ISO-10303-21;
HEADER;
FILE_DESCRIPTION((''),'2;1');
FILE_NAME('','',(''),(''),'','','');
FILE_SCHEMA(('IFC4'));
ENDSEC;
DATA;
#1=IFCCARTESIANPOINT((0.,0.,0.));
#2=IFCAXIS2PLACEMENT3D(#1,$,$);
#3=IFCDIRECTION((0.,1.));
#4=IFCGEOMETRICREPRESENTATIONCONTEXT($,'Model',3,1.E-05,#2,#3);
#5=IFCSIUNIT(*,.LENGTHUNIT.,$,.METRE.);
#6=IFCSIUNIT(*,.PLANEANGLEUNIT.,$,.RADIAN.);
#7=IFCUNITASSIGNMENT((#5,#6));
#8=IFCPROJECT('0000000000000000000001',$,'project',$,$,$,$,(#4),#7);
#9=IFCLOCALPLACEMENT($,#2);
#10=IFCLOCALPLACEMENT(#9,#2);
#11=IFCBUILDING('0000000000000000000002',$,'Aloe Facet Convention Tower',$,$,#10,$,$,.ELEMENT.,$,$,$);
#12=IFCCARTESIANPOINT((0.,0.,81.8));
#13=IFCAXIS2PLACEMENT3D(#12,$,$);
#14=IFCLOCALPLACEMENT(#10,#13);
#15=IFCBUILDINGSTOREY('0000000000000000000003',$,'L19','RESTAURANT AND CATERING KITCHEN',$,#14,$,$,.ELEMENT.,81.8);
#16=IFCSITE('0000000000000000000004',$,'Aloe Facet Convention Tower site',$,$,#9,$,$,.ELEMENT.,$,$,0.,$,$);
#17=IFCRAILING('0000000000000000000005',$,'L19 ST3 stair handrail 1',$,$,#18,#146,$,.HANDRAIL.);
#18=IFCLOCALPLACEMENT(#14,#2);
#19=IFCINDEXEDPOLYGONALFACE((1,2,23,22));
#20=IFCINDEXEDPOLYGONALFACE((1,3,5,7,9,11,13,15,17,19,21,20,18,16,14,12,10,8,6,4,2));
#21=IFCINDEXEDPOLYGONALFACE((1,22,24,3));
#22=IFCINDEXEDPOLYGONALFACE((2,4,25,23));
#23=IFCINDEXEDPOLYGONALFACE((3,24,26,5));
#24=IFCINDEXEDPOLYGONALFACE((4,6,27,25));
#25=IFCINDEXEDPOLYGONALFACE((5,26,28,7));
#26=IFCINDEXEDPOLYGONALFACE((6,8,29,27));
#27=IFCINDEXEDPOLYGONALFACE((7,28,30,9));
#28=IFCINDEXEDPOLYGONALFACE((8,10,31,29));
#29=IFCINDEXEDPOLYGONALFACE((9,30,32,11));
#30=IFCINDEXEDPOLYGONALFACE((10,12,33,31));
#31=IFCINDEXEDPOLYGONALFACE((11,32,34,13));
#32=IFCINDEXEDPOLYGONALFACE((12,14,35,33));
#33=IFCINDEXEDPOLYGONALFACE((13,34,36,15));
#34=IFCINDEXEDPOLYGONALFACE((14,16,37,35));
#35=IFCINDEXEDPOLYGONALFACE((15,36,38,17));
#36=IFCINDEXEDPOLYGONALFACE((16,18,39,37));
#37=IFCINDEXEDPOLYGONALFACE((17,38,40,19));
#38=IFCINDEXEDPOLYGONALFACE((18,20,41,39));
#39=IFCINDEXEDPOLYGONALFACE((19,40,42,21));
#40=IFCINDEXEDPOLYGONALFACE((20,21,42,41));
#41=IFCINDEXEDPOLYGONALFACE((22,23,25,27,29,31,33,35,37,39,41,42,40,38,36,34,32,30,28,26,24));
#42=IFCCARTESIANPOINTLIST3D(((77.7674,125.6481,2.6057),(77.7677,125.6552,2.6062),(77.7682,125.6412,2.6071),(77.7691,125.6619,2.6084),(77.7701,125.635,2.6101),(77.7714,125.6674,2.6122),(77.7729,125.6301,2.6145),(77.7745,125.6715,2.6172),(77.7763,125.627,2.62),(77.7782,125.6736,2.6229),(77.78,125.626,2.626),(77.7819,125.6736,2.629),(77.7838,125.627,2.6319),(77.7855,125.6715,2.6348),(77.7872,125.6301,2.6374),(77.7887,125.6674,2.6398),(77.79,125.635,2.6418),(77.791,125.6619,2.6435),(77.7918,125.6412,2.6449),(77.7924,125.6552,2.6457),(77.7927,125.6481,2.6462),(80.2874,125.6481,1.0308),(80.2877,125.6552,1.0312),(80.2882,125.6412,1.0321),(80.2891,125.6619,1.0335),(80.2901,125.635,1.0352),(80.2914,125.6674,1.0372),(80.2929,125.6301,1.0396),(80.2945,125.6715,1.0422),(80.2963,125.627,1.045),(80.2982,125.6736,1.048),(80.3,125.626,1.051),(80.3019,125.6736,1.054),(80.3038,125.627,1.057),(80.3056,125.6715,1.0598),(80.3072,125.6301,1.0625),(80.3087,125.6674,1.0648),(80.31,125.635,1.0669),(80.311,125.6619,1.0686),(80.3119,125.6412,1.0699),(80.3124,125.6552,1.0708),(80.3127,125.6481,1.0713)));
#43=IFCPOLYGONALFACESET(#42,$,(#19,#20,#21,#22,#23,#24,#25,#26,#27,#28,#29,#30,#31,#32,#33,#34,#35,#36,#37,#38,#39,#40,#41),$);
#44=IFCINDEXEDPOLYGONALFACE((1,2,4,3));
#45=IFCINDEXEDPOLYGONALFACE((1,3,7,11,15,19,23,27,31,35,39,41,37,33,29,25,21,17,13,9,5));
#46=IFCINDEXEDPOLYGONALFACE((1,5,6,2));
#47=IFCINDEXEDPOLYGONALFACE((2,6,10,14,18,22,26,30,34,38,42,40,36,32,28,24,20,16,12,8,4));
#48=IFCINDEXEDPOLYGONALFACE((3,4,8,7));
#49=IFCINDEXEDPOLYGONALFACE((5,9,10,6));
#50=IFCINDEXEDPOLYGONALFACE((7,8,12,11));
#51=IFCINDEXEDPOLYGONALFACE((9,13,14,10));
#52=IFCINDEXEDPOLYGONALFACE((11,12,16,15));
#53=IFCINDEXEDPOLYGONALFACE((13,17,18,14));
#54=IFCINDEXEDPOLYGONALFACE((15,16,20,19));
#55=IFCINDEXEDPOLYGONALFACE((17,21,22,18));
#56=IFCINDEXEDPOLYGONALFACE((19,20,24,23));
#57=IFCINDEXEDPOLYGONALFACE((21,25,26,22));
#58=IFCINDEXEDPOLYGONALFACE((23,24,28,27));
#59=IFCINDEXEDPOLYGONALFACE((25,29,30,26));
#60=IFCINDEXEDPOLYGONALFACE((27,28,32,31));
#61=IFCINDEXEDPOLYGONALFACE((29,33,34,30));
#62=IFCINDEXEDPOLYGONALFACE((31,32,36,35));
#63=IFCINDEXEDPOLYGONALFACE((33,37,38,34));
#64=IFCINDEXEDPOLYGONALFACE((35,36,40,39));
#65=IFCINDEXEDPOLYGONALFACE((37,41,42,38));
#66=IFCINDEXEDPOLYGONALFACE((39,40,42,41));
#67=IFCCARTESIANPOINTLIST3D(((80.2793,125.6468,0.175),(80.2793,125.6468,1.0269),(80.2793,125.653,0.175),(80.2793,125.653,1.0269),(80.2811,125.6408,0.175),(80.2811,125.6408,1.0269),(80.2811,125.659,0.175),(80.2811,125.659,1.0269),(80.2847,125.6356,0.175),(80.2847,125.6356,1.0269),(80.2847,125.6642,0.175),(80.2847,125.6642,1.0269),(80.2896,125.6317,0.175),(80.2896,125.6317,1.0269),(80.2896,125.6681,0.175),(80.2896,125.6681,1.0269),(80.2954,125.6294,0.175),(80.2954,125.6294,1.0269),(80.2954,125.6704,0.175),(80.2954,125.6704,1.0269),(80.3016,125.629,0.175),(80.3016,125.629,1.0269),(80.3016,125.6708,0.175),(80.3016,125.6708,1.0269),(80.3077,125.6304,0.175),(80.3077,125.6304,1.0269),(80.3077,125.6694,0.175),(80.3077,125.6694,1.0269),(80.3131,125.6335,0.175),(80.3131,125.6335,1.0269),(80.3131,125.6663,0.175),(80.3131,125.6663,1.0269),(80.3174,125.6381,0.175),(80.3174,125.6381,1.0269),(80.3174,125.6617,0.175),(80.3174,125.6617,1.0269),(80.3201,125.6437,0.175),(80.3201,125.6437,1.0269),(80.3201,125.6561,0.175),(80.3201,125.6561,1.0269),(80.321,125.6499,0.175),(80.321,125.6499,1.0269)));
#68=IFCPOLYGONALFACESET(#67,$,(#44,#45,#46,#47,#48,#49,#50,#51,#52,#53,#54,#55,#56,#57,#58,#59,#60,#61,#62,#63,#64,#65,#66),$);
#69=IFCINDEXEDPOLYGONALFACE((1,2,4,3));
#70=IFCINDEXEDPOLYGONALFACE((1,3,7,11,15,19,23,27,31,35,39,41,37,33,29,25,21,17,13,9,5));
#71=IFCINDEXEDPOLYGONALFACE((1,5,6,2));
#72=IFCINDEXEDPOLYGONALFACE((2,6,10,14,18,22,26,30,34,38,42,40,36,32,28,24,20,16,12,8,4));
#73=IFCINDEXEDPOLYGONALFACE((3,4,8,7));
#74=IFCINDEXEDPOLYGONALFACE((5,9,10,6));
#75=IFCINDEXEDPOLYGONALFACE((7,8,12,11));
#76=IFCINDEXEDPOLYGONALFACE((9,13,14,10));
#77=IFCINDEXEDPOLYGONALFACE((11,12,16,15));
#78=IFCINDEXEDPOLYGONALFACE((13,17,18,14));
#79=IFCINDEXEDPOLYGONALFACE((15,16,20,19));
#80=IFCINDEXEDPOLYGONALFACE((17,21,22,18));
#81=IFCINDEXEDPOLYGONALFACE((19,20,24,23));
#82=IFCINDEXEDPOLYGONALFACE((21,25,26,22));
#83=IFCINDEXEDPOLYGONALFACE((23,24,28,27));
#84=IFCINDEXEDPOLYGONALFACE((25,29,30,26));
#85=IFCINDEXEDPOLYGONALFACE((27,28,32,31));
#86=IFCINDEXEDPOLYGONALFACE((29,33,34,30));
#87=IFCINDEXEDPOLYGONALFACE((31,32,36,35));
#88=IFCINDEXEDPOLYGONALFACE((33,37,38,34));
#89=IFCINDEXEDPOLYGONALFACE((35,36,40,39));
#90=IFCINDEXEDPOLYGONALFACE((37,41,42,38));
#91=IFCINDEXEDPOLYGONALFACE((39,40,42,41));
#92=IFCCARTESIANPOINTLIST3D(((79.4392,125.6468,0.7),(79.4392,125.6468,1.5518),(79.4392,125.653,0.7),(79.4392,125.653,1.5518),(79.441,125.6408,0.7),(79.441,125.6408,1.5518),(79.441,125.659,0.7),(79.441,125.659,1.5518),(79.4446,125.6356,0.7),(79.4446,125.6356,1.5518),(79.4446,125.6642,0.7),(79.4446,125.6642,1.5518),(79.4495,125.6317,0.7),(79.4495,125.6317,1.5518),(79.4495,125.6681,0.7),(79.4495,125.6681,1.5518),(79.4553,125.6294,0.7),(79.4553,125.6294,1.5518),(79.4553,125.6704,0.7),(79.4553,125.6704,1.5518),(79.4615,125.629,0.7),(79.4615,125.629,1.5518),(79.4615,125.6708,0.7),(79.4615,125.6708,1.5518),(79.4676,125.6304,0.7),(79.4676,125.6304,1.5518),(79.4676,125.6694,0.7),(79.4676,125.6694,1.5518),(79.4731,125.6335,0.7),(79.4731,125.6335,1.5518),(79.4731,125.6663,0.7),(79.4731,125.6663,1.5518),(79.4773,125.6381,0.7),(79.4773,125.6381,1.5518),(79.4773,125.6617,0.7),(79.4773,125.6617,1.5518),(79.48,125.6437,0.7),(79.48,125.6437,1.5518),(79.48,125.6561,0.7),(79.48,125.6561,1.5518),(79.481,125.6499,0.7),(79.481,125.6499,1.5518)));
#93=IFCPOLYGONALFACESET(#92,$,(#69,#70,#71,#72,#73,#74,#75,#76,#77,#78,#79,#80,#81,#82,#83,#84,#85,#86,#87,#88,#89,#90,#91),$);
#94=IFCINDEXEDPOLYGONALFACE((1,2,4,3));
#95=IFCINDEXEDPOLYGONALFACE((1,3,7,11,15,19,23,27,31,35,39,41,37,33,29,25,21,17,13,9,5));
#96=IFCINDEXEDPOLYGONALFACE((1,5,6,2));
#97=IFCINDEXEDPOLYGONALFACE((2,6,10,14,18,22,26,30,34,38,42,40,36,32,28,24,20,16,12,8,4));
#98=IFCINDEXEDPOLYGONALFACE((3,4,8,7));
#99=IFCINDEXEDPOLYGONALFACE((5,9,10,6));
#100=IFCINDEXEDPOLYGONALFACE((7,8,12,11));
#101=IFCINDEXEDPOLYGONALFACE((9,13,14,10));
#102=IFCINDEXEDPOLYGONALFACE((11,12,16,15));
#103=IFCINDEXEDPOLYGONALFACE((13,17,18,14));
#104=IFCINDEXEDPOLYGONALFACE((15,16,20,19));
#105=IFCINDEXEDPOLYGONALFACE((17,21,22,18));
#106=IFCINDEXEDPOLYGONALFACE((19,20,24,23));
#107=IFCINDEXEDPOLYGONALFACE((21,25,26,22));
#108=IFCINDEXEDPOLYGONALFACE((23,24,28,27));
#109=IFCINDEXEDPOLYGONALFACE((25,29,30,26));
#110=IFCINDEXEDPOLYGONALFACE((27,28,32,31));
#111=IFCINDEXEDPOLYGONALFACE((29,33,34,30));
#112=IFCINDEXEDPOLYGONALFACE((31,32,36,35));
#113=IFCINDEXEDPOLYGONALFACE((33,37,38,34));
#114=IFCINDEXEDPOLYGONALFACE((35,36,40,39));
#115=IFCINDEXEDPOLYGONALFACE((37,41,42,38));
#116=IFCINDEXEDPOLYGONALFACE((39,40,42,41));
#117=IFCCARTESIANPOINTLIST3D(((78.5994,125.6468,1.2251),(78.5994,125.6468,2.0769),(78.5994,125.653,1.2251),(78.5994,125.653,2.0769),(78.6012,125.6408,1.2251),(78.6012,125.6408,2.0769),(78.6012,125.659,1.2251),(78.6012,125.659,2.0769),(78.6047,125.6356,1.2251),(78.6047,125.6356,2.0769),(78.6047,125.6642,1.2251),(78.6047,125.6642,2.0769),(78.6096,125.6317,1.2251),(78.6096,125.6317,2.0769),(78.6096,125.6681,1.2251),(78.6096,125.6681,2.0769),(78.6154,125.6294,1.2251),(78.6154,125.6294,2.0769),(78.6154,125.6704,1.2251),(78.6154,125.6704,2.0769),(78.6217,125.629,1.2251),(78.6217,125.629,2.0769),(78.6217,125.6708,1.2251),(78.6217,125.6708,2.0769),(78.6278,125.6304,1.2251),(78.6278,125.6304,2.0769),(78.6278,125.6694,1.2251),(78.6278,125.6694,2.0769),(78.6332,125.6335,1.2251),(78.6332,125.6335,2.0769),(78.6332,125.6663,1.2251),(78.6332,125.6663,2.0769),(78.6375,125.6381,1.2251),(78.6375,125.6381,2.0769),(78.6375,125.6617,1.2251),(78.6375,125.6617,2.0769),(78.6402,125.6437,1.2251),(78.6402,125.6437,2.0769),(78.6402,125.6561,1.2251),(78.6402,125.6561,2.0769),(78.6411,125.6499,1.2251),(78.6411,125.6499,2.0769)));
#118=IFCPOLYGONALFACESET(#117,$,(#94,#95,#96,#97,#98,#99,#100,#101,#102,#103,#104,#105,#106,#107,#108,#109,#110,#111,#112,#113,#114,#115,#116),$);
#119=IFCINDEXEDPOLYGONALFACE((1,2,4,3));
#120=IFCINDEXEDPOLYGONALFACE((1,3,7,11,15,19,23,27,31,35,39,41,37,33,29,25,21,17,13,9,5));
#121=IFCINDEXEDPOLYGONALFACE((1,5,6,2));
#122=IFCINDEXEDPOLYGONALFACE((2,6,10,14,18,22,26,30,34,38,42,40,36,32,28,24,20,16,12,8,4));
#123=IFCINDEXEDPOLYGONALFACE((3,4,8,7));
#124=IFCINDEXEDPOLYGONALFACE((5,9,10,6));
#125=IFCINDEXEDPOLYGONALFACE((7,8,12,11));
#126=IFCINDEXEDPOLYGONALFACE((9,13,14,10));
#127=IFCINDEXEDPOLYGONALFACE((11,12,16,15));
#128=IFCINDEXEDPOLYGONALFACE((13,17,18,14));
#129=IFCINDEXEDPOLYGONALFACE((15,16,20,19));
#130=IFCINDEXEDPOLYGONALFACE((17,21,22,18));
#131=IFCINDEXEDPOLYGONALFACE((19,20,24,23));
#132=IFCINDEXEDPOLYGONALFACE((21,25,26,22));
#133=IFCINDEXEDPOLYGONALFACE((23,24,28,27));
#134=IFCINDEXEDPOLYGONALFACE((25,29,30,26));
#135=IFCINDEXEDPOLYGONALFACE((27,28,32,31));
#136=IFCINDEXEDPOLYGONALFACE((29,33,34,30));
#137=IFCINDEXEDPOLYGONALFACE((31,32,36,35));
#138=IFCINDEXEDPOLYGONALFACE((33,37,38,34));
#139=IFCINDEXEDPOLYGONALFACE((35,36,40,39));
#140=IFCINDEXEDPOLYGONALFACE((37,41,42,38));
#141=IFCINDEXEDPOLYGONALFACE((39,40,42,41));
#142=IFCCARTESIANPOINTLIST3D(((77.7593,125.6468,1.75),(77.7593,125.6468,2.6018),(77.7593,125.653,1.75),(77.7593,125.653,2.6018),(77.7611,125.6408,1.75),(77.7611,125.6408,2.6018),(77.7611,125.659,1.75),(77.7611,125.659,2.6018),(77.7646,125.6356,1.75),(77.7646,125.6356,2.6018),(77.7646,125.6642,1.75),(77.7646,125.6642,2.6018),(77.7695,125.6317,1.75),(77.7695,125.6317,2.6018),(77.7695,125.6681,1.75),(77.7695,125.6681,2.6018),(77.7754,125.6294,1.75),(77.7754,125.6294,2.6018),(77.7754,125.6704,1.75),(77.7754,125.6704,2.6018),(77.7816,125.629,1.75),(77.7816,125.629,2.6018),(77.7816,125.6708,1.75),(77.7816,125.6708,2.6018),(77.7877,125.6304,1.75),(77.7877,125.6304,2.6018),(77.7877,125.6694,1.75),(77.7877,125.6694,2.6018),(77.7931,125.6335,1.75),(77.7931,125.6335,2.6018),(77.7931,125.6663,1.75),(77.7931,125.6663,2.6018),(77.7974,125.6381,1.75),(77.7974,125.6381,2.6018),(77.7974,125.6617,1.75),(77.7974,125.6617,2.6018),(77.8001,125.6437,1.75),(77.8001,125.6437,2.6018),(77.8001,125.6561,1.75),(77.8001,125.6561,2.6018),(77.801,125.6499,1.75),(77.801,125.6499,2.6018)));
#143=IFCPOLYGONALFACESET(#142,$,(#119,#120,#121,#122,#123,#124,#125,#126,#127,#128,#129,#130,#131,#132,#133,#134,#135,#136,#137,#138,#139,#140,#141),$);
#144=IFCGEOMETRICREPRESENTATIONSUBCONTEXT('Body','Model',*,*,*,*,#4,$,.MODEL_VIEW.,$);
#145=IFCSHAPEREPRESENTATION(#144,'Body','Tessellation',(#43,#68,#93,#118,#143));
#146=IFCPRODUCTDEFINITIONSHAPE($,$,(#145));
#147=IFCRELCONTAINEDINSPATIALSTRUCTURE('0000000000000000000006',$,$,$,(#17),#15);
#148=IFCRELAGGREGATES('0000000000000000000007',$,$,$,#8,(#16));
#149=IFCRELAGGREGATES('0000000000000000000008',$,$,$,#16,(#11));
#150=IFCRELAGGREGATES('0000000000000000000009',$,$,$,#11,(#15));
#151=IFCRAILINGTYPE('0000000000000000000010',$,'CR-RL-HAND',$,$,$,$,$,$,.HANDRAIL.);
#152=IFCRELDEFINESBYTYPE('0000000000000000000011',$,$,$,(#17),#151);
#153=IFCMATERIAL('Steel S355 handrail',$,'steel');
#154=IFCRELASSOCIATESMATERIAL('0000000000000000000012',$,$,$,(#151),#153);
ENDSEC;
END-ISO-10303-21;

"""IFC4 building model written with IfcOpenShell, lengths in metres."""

from ifc_helpers import new_model, si_unit, direction, frame, origin, origin_2d, place, context, subcontext, project, spatial, circle, extrude, material, type_object, element, save


model = new_model("IFC4")

# Units and contexts
model_context = context("Model", 3, precision=1e-05, world=origin(), true_north=direction((0.0, 1.0)))
body_context = subcontext(model_context, "Body", "Model", "MODEL_VIEW")
ifc_project = project(units=[si_unit("LENGTHUNIT", "METRE"), si_unit("PLANEANGLEUNIT", "RADIAN")], contexts=[model_context])

# Site, building, storey
site_placement = place(None, origin())
site = spatial("IfcSite", under=ifc_project, at=site_placement, Name="Aloe Facet Convention Tower site", CompositionType="ELEMENT", RefElevation=0.0)
building_placement = place(site_placement, origin())
building = spatial("IfcBuilding", under=site, at=building_placement, Name="Aloe Facet Convention Tower", CompositionType="ELEMENT")
storey_placement = place(building_placement, frame((0.0, 0.0, 81.8)))
storey = spatial("IfcBuildingStorey", under=building, at=storey_placement, Name="L19", Description="RESTAURANT AND CATERING KITCHEN", CompositionType="ELEMENT", Elevation=81.8)

# Railing
ifc_material_1 = material(Name="Steel S355 handrail", Category="steel")
railing_type_1 = type_object("IfcRailingType", Name="CR-RL-HAND", PredefinedType="HANDRAIL", material=ifc_material_1)
railing_1_placement = place(storey_placement, frame((80.3, 125.6499, 0.175)))
element("IfcRailing", 1, at=railing_1_placement, inside=storey, type_object=railing_type_1, Name="L19 ST3 stair handrail 1", PredefinedType="HANDRAIL", context=body_context, shape_type="SweptSolid", body=[
    extrude(circle(Radius=0.0239, at=origin_2d()), frame((0.0, 0.0, 0.876), z_axis=(-0.848008, 0.0, 0.529984), x_axis=(0.0, -1.0, 0.0)), (0.0, 0.0, 1.0), 2.9717),
    extrude(circle(Radius=0.021, at=origin_2d()), origin(), (0.0, 0.0, 1.0), 0.8518),
    extrude(circle(Radius=0.021, at=origin_2d()), frame((-0.8401, 0.0, 0.5249)), (0.0, 0.0, 1.0), 0.8518),
    extrude(circle(Radius=0.021, at=origin_2d()), frame((-1.6799, 0.0, 1.05)), (0.0, 0.0, 1.0), 0.8518),
    extrude(circle(Radius=0.021, at=origin_2d()), frame((-2.52, 0.0, 1.575)), (0.0, 0.0, 1.0), 0.8518),
])

save(model, "model.ifc")
